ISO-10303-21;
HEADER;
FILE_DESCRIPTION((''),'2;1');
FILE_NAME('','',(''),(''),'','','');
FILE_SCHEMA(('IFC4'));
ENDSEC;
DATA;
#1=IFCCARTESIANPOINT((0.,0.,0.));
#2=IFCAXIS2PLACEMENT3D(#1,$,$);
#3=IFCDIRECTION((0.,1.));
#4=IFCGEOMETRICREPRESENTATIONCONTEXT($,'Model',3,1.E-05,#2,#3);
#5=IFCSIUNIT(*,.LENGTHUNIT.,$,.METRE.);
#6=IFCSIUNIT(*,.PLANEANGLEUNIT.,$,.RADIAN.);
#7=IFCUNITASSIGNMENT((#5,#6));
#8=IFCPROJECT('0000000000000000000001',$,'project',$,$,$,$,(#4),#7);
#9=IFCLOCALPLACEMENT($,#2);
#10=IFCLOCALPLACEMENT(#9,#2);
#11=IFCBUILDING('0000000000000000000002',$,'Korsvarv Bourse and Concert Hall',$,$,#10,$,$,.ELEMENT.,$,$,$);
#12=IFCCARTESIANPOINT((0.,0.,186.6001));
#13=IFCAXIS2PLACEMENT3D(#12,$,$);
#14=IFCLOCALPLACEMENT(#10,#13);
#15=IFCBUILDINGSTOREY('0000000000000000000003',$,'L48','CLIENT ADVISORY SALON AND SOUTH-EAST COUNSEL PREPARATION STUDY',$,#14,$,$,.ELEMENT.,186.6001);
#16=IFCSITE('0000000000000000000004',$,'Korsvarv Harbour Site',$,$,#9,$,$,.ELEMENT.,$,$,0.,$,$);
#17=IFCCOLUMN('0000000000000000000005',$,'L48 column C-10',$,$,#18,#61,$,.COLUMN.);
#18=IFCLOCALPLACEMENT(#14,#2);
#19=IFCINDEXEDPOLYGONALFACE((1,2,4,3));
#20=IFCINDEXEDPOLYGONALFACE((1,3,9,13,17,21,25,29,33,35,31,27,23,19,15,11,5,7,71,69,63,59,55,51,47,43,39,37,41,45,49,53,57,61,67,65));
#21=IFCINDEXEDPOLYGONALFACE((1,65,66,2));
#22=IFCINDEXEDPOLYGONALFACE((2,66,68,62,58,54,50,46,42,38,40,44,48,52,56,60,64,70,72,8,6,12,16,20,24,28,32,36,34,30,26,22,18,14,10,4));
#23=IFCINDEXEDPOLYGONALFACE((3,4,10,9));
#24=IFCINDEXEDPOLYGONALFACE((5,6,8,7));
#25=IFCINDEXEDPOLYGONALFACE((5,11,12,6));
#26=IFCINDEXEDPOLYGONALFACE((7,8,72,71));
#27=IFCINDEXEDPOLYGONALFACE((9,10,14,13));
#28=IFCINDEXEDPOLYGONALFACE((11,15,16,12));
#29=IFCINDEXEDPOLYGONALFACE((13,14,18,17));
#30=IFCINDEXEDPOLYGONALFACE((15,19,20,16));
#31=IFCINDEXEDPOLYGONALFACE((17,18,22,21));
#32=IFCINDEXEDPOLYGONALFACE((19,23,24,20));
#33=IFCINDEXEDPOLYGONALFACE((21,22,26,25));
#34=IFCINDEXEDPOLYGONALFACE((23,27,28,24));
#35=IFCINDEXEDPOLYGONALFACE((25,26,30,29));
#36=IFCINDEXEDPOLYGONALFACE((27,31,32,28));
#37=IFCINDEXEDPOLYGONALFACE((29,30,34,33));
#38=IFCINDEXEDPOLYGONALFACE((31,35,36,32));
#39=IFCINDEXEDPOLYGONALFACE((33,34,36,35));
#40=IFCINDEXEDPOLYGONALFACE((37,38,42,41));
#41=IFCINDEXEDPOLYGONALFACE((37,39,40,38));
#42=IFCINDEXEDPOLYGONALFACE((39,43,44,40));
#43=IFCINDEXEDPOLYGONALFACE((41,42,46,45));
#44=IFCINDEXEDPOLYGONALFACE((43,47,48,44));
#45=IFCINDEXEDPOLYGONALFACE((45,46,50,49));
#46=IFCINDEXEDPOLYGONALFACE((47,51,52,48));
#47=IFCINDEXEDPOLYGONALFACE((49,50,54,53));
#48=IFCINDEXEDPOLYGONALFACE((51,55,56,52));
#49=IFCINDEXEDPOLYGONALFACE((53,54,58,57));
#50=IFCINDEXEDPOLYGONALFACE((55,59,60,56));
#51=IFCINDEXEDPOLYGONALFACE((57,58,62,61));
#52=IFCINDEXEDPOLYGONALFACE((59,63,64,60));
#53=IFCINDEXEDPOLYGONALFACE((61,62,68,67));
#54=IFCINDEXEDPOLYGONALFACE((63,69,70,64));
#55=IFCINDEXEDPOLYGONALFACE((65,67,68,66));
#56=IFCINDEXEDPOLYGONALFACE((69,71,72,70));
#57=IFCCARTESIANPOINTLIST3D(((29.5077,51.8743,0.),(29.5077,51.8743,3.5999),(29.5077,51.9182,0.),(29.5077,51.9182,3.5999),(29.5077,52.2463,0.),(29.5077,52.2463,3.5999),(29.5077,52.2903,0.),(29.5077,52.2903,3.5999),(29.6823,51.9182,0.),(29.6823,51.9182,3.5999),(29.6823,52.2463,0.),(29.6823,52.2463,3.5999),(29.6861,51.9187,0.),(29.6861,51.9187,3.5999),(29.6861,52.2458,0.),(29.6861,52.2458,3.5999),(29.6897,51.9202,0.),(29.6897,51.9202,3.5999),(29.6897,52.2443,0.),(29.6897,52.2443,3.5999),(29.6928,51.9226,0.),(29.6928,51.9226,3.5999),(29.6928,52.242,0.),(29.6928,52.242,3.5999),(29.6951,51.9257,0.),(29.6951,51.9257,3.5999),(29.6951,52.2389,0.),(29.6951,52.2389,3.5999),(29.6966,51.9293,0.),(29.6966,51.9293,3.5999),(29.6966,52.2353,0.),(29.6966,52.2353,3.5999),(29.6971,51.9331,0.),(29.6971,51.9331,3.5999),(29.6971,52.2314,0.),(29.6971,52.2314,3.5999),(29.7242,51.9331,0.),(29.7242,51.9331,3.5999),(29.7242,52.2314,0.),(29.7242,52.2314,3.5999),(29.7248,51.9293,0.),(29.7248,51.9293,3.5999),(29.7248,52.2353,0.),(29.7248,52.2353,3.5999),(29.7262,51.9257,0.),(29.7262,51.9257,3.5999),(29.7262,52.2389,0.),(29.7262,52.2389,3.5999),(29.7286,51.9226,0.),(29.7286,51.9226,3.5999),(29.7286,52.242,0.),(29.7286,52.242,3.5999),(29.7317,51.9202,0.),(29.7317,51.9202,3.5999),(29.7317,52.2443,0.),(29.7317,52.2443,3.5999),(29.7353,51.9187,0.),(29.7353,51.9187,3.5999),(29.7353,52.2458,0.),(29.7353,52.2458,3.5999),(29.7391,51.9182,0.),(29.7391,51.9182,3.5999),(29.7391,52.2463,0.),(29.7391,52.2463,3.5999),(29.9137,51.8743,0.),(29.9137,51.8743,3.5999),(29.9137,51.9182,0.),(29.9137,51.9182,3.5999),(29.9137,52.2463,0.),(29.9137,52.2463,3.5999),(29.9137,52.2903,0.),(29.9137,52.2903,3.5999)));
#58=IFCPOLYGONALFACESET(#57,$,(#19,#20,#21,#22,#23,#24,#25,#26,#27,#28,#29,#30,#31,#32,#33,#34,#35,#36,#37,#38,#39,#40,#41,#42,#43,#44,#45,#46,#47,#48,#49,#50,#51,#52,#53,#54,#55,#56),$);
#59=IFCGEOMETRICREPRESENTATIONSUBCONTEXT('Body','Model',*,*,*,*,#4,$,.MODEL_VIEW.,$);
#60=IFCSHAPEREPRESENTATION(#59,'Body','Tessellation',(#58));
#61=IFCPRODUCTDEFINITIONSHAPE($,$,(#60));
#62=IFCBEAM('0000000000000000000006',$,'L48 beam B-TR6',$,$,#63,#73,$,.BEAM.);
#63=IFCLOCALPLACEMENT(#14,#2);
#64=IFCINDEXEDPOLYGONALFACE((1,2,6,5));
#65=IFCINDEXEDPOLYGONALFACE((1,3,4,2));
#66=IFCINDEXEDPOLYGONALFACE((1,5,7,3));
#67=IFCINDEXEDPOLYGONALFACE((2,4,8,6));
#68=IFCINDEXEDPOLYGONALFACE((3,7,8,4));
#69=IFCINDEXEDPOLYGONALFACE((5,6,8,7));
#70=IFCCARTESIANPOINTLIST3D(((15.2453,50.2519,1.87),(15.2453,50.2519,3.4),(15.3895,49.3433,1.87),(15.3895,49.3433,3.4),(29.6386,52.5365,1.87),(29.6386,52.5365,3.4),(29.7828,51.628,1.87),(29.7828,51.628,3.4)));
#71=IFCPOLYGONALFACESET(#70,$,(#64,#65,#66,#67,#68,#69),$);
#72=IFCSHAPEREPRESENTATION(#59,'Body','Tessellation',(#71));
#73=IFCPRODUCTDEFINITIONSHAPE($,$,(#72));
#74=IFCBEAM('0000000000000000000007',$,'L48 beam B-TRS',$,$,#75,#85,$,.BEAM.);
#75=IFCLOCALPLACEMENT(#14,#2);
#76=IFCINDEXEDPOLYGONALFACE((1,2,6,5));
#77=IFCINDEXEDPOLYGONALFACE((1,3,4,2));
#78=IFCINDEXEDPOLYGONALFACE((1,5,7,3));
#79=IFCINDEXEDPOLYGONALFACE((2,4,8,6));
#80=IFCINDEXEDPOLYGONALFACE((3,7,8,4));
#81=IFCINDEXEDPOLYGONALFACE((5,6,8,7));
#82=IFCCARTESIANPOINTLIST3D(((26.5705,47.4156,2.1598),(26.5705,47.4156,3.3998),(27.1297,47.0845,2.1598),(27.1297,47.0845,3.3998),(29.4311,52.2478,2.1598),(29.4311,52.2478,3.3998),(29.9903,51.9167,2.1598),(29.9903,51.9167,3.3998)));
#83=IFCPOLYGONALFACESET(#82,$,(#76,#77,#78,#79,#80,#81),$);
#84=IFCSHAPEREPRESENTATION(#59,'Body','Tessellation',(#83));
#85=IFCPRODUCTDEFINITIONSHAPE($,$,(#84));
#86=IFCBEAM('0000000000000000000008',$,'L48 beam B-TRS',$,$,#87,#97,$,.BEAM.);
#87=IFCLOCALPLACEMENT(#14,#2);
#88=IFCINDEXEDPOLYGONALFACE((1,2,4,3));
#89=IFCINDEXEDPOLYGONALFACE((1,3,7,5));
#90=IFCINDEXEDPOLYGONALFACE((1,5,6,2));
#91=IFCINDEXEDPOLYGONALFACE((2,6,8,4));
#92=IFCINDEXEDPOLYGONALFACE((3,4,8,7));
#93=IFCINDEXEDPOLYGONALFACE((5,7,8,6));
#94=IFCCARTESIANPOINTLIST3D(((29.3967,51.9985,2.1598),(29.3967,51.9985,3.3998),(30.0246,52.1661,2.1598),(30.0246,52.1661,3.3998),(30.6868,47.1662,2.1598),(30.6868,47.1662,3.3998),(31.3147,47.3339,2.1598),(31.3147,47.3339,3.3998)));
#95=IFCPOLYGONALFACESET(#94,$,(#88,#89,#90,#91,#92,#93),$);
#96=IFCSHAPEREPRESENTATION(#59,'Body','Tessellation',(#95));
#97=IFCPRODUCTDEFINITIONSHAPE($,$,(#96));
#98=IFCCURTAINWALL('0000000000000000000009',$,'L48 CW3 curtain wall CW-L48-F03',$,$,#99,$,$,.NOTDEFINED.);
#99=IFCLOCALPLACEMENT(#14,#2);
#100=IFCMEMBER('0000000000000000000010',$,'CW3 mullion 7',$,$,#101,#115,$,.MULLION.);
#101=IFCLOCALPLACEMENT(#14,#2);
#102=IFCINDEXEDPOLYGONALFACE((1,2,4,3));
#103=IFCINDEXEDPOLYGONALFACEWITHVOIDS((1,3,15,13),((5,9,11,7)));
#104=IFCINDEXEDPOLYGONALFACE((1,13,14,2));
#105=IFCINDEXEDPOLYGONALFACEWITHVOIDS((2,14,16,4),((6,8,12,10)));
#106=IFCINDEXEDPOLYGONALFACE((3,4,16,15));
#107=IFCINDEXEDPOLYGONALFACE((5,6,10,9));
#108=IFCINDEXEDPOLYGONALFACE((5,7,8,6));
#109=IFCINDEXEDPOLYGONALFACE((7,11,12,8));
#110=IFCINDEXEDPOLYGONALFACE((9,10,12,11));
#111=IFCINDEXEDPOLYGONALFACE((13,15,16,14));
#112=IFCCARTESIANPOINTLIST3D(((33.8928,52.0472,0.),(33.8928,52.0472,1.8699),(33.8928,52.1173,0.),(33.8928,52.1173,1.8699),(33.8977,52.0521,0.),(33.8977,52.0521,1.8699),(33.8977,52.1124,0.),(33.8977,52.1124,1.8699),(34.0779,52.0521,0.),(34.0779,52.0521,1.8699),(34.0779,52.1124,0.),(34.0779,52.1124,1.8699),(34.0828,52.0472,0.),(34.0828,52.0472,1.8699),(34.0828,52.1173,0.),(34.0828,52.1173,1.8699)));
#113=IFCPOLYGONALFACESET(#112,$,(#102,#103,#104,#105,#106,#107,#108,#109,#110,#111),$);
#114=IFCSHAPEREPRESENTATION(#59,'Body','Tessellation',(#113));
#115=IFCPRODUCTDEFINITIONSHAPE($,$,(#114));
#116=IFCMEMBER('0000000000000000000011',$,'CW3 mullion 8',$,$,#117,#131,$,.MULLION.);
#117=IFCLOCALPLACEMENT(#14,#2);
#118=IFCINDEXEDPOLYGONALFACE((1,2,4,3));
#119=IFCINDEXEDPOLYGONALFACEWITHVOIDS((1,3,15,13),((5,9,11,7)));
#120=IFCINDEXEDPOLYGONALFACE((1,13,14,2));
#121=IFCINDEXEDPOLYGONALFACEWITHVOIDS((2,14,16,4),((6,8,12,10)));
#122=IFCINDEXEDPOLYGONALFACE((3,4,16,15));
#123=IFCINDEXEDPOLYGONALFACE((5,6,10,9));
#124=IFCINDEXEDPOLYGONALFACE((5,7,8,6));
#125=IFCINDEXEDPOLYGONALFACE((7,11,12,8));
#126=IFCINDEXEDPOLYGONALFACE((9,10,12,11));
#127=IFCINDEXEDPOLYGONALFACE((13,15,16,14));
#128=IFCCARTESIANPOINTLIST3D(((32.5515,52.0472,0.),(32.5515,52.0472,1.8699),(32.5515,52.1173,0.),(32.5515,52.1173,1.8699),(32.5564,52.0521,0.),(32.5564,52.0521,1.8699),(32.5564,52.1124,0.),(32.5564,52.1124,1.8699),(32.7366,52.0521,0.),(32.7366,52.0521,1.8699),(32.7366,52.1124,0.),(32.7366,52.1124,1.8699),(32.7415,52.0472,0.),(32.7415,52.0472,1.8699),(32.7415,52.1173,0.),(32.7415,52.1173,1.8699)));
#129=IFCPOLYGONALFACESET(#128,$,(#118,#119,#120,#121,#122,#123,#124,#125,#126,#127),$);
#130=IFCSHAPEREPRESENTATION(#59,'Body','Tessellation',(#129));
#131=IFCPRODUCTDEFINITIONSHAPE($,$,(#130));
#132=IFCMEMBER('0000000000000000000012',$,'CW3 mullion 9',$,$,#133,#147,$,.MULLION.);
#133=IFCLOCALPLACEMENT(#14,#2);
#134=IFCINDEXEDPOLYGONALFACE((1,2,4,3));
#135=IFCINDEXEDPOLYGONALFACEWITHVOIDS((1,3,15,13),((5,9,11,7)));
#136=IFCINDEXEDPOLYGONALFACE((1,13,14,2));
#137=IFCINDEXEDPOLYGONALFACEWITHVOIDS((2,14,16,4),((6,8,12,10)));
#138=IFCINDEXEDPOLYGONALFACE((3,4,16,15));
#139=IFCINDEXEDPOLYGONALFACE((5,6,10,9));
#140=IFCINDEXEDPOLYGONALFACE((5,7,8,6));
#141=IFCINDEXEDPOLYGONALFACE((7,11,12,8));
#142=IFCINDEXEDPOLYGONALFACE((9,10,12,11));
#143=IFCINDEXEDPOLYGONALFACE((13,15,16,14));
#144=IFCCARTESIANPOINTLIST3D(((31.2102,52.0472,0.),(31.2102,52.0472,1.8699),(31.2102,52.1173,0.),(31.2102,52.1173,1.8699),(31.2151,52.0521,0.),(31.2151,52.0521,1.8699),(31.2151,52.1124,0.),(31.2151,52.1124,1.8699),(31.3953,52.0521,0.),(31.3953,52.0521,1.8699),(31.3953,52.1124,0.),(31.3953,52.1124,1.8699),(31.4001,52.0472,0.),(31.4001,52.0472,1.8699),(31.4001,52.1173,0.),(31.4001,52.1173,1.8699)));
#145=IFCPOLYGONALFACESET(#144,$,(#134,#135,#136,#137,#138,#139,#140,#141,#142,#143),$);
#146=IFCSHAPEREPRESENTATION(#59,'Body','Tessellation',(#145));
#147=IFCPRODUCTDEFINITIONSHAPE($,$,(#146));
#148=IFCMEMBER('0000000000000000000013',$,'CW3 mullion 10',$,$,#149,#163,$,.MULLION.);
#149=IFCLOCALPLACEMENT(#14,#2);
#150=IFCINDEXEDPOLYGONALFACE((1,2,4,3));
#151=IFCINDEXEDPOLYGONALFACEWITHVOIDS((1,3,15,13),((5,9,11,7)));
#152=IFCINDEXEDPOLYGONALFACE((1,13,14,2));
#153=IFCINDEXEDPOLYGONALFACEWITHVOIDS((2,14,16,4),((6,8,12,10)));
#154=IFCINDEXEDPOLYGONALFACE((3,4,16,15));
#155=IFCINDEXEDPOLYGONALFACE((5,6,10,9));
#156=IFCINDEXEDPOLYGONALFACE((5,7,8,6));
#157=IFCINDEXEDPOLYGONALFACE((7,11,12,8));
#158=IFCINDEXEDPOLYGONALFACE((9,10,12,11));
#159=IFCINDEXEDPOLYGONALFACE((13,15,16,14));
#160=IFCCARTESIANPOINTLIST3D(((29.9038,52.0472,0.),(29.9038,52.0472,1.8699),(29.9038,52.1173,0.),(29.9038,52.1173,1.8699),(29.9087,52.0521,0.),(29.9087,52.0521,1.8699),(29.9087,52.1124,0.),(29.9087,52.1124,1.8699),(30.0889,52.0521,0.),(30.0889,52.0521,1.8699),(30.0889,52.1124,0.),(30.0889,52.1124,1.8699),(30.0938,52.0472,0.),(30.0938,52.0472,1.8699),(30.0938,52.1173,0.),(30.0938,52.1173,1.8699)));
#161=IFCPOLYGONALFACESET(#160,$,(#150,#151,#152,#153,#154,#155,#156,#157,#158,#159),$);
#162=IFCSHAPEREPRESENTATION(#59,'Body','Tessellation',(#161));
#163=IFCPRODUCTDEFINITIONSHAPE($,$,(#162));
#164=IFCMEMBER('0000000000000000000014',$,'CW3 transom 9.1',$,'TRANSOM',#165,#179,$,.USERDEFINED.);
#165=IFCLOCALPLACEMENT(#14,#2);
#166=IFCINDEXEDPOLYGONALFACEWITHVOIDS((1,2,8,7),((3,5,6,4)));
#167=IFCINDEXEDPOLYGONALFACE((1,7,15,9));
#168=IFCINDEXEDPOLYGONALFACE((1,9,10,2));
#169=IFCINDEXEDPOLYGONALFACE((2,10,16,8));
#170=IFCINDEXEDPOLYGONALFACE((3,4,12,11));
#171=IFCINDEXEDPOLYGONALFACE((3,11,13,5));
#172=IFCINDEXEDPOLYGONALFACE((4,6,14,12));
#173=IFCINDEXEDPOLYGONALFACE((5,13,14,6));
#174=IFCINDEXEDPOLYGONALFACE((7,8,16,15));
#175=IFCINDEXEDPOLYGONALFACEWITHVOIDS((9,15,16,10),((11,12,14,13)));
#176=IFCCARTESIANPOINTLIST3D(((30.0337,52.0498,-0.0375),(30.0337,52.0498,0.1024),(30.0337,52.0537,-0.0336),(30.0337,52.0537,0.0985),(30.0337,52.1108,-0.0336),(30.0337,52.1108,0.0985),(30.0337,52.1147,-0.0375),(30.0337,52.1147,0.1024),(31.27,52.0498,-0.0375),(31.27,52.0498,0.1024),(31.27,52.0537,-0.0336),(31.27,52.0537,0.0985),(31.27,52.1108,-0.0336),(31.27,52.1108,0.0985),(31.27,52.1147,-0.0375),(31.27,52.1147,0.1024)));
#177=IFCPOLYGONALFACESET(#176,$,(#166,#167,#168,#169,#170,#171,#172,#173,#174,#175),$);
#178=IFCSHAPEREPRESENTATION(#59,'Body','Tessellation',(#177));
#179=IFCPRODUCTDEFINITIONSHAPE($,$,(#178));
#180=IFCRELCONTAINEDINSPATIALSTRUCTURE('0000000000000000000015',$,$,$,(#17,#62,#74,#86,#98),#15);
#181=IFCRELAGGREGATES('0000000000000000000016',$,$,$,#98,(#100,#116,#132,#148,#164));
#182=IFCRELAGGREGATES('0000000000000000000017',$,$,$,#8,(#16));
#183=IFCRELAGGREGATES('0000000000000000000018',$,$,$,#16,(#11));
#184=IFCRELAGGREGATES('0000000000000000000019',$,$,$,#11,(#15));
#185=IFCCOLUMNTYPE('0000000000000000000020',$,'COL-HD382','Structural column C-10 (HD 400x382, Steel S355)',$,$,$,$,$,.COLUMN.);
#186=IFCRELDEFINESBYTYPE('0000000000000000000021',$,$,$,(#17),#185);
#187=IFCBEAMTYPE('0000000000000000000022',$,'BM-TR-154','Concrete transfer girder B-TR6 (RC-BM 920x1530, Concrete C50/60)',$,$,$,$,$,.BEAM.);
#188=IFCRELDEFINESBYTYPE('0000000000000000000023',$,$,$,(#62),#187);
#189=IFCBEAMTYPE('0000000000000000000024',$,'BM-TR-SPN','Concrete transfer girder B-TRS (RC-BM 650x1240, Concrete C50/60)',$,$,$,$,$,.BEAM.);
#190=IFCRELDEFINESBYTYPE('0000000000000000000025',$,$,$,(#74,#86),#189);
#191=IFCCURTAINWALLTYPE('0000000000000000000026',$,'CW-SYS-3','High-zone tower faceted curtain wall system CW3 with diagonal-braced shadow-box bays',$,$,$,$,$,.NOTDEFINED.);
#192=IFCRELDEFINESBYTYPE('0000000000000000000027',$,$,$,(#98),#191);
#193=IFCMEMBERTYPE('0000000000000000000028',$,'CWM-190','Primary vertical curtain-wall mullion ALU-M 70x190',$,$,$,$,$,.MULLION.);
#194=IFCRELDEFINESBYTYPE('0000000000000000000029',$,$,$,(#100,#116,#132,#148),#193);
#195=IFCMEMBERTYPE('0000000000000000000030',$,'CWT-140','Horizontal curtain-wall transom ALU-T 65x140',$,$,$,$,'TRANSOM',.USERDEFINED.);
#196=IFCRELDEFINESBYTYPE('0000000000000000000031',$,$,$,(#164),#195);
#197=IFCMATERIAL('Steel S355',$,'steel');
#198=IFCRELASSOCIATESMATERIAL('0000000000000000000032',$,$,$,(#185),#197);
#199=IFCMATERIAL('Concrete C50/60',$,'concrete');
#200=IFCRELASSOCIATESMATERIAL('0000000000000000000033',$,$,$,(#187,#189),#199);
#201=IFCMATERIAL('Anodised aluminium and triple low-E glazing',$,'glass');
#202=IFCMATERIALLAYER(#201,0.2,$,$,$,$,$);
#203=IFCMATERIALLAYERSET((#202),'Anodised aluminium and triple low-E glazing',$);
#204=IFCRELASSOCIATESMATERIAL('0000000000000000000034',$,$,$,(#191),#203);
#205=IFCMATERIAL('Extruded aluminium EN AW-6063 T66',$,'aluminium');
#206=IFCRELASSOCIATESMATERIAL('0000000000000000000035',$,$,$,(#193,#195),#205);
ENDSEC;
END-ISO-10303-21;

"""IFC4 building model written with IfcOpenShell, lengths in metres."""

from ifc_helpers import new_model, si_unit, direction, frame, origin, origin_2d, place, context, subcontext, project, spatial, rectangle, hollow_rectangle, i_section, extrude, source, transform, mapped, material, layer, layer_set, material_profile, profile_set, type_object, element, aggregate, save


model = new_model("IFC4")

# Units and contexts
model_context = context("Model", 3, precision=1e-05, world=origin(), true_north=direction((0.0, 1.0)))
body_context = subcontext(model_context, "Body", "Model", "MODEL_VIEW")
ifc_project = project(units=[si_unit("LENGTHUNIT", "METRE"), si_unit("PLANEANGLEUNIT", "RADIAN")], contexts=[model_context])

# Site, building, storey
site_placement = place(None, origin())
site = spatial("IfcSite", under=ifc_project, at=site_placement, Name="Korsvarv Harbour Site", CompositionType="ELEMENT", RefElevation=0.0)
building_placement = place(site_placement, origin())
building = spatial("IfcBuilding", under=site, at=building_placement, Name="Korsvarv Bourse and Concert Hall", CompositionType="ELEMENT")
storey_placement = place(building_placement, frame((0.0, 0.0, 186.6001)))
storey = spatial("IfcBuildingStorey", under=building, at=storey_placement, Name="L48", Description="CLIENT ADVISORY SALON AND SOUTH-EAST COUNSEL PREPARATION STUDY", CompositionType="ELEMENT", Elevation=186.6001)

# Column
ifc_material_1 = material(Name="Steel S355", Category="steel")
ifc_material_profile_1 = material_profile(ifc_material_1, i_section(OverallWidth=0.406, OverallDepth=0.416, WebThickness=0.0271, FlangeThickness=0.0439, FilletRadius=0.0149, at=origin_2d()), Name="HD 400x382")
ifc_profile_set_1 = profile_set([ifc_material_profile_1], Name="Steel S355")
column_type = type_object("IfcColumnType", Name="COL-HD382", Description="Structural column C-10 (HD 400x382, Steel S355)", PredefinedType="COLUMN", material=ifc_profile_set_1)
shared_shape_1 = source(origin(), body_context, "Body", "SweptSolid", [
    extrude(i_section(OverallWidth=0.406, OverallDepth=0.416, WebThickness=0.0271, FlangeThickness=0.0439, FilletRadius=0.0149, at=origin_2d()), origin(), (0.0, 0.0, 1.0), 3.5999),
])
column_placement = place(storey_placement, frame((29.7107, 52.0823, 0.0), z_axis=(0.0, 0.0, 1.0), x_axis=(1.0, 0.0, 0.0)))
element("IfcColumn", 1, at=column_placement, inside=storey, type_object=column_type, Name="L48 column C-10", PredefinedType="COLUMN", context=body_context, shape_type="MappedRepresentation", body=[
    mapped(shared_shape_1, transform((0.0, 0.0, 0.0), scale=1.0)),
])

# Beams
ifc_material_2 = material(Name="Concrete C50/60", Category="concrete")
ifc_material_profile_2 = material_profile(ifc_material_2, rectangle(XDim=0.9199, YDim=1.53, at=origin_2d()), Name="RC-BM 920x1530")
ifc_profile_set_2 = profile_set([ifc_material_profile_2], Name="Concrete C50/60")
beam_type_1 = type_object("IfcBeamType", Name="BM-TR-154", Description="Concrete transfer girder B-TR6 (RC-BM 920x1530, Concrete C50/60)", PredefinedType="BEAM", material=ifc_profile_set_2)
shared_shape_2 = source(origin(), body_context, "Body", "SweptSolid", [
    extrude(rectangle(XDim=0.9199, YDim=1.53, at=origin_2d()), origin(), (0.0, 0.0, 1.0), 14.5735),
])
beam_1_placement = place(storey_placement, frame((29.7107, 52.0823, 2.635), z_axis=(-0.987635, -0.156769, 0.0), x_axis=(0.156769, -0.987635, 0.0)))
element("IfcBeam", 2, at=beam_1_placement, inside=storey, type_object=beam_type_1, Name="L48 beam B-TR6", PredefinedType="BEAM", context=body_context, shape_type="MappedRepresentation", body=[
    mapped(shared_shape_2, transform((0.0, 0.0, 0.0), scale=1.0)),
])
ifc_material_profile_3 = material_profile(ifc_material_2, rectangle(XDim=0.6499, YDim=1.24, at=origin_2d()), Name="RC-BM 650x1240")
ifc_profile_set_3 = profile_set([ifc_material_profile_3], Name="Concrete C50/60")
beam_type_2 = type_object("IfcBeamType", Name="BM-TR-SPN", Description="Concrete transfer girder B-TRS (RC-BM 650x1240, Concrete C50/60)", PredefinedType="BEAM", material=ifc_profile_set_3)
shared_shape_3 = source(origin(), body_context, "Body", "SweptSolid", [
    extrude(rectangle(XDim=0.6499, YDim=1.24, at=origin_2d()), origin(), (0.0, 0.0, 1.0), 5.6155),
])
beam_2_placement = place(storey_placement, frame((29.7107, 52.0823, 2.7798), z_axis=(-0.50941, -0.860524, 0.0), x_axis=(0.860524, -0.50941, 0.0)))
element("IfcBeam", 3, at=beam_2_placement, inside=storey, type_object=beam_type_2, Name="L48 beam B-TRS", PredefinedType="BEAM", context=body_context, shape_type="MappedRepresentation", body=[
    mapped(shared_shape_3, transform((0.0, 0.0, 0.0), scale=1.0)),
])
shared_shape_4 = source(origin(), body_context, "Body", "SweptSolid", [
    extrude(rectangle(XDim=0.6499, YDim=1.24, at=origin_2d()), origin(), (0.0, 0.0, 1.0), 5.0015),
])
beam_3_placement = place(storey_placement, frame((29.7107, 52.0823, 2.7798), z_axis=(0.25793, -0.966164, 0.0), x_axis=(0.966164, 0.25793, 0.0)))
element("IfcBeam", 4, at=beam_3_placement, inside=storey, type_object=beam_type_2, Name="L48 beam B-TRS", PredefinedType="BEAM", context=body_context, shape_type="MappedRepresentation", body=[
    mapped(shared_shape_4, transform((0.0, 0.0, 0.0), scale=1.0)),
])

# Curtain wall, members
ifc_material_3 = material(Name="Anodised aluminium and triple low-E glazing", Category="glass")
ifc_layer_1 = layer(ifc_material_3, 0.2)
ifc_layer_set_1 = layer_set([ifc_layer_1], Name="Anodised aluminium and triple low-E glazing")
curtain_wall_type = type_object("IfcCurtainWallType", Name="CW-SYS-3", Description="High-zone tower faceted curtain wall system CW3 with diagonal-braced shadow-box bays", PredefinedType="NOTDEFINED", material=ifc_layer_set_1)
curtain_wall_placement = place(storey_placement, origin())
curtain_wall = element("IfcCurtainWall", 5, at=curtain_wall_placement, inside=storey, type_object=curtain_wall_type, Name="L48 CW3 curtain wall CW-L48-F03", PredefinedType="NOTDEFINED")
ifc_material_4 = material(Name="Extruded aluminium EN AW-6063 T66", Category="aluminium")
ifc_material_profile_4 = material_profile(ifc_material_4, hollow_rectangle(XDim=0.0701, YDim=0.1899, WallThickness=0.0049, at=origin_2d()), Name="ALU-M 70x190")
ifc_profile_set_4 = profile_set([ifc_material_profile_4], Name="Extruded aluminium EN AW-6063 T66")
member_type_1 = type_object("IfcMemberType", Name="CWM-190", Description="Primary vertical curtain-wall mullion ALU-M 70x190", PredefinedType="MULLION", material=ifc_profile_set_4)
shared_shape_5 = source(origin(), body_context, "Body", "SweptSolid", [
    extrude(hollow_rectangle(XDim=0.0701, YDim=0.1899, WallThickness=0.0049, at=origin_2d()), origin(), (0.0, 0.0, 1.0), 1.8699),
])
member_1_placement = place(storey_placement, frame((33.9878, 52.0823, 0.0), z_axis=(0.0, 0.0, 1.0), x_axis=(0.0, -1.0, 0.0)))
member_1 = element("IfcMember", 6, at=member_1_placement, type_object=member_type_1, Name="CW3 mullion 7", PredefinedType="MULLION", context=body_context, shape_type="MappedRepresentation", body=[
    mapped(shared_shape_5, transform((0.0, 0.0, 0.0), scale=1.0)),
])
member_2_placement = place(storey_placement, frame((32.6465, 52.0823, 0.0), z_axis=(0.0, 0.0, 1.0), x_axis=(0.0, -1.0, 0.0)))
member_2 = element("IfcMember", 7, at=member_2_placement, type_object=member_type_1, Name="CW3 mullion 8", PredefinedType="MULLION", context=body_context, shape_type="MappedRepresentation", body=[
    mapped(shared_shape_5, transform((0.0, 0.0, 0.0), scale=1.0)),
])
member_3_placement = place(storey_placement, frame((31.3052, 52.0823, 0.0), z_axis=(0.0, 0.0, 1.0), x_axis=(0.0, -1.0, 0.0)))
member_3 = element("IfcMember", 8, at=member_3_placement, type_object=member_type_1, Name="CW3 mullion 9", PredefinedType="MULLION", context=body_context, shape_type="MappedRepresentation", body=[
    mapped(shared_shape_5, transform((0.0, 0.0, 0.0), scale=1.0)),
])
member_4_placement = place(storey_placement, frame((29.9988, 52.0823, 0.0), z_axis=(0.0, 0.0, 1.0), x_axis=(0.0, -1.0, 0.0)))
member_4 = element("IfcMember", 9, at=member_4_placement, type_object=member_type_1, Name="CW3 mullion 10", PredefinedType="MULLION", context=body_context, shape_type="MappedRepresentation", body=[
    mapped(shared_shape_5, transform((0.0, 0.0, 0.0), scale=1.0)),
])
ifc_material_profile_5 = material_profile(ifc_material_4, hollow_rectangle(XDim=0.0649, YDim=0.1399, WallThickness=0.0039, at=origin_2d()), Name="ALU-T 65x140")
ifc_profile_set_5 = profile_set([ifc_material_profile_5], Name="Extruded aluminium EN AW-6063 T66")
member_type_2 = type_object("IfcMemberType", Name="CWT-140", Description="Horizontal curtain-wall transom ALU-T 65x140", ElementType="TRANSOM", PredefinedType="USERDEFINED", material=ifc_profile_set_5)
shared_shape_6 = source(origin(), body_context, "Body", "SweptSolid", [
    extrude(hollow_rectangle(XDim=0.0649, YDim=0.1399, WallThickness=0.0039, at=origin_2d()), origin(), (0.0, 0.0, 1.0), 1.2363),
])
member_5_placement = place(storey_placement, frame((31.27, 52.0823, 0.0325), z_axis=(-1.0, 0.0, 0.0), x_axis=(0.0, -1.0, 0.0)))
member_5 = element("IfcMember", 10, at=member_5_placement, type_object=member_type_2, Name="CW3 transom 9.1", ObjectType="TRANSOM", PredefinedType="USERDEFINED", context=body_context, shape_type="MappedRepresentation", body=[
    mapped(shared_shape_6, transform((0.0, 0.0, 0.0), scale=1.0)),
])
aggregate(curtain_wall, [member_1, member_2, member_3, member_4, member_5])

save(model, "model.ifc")
